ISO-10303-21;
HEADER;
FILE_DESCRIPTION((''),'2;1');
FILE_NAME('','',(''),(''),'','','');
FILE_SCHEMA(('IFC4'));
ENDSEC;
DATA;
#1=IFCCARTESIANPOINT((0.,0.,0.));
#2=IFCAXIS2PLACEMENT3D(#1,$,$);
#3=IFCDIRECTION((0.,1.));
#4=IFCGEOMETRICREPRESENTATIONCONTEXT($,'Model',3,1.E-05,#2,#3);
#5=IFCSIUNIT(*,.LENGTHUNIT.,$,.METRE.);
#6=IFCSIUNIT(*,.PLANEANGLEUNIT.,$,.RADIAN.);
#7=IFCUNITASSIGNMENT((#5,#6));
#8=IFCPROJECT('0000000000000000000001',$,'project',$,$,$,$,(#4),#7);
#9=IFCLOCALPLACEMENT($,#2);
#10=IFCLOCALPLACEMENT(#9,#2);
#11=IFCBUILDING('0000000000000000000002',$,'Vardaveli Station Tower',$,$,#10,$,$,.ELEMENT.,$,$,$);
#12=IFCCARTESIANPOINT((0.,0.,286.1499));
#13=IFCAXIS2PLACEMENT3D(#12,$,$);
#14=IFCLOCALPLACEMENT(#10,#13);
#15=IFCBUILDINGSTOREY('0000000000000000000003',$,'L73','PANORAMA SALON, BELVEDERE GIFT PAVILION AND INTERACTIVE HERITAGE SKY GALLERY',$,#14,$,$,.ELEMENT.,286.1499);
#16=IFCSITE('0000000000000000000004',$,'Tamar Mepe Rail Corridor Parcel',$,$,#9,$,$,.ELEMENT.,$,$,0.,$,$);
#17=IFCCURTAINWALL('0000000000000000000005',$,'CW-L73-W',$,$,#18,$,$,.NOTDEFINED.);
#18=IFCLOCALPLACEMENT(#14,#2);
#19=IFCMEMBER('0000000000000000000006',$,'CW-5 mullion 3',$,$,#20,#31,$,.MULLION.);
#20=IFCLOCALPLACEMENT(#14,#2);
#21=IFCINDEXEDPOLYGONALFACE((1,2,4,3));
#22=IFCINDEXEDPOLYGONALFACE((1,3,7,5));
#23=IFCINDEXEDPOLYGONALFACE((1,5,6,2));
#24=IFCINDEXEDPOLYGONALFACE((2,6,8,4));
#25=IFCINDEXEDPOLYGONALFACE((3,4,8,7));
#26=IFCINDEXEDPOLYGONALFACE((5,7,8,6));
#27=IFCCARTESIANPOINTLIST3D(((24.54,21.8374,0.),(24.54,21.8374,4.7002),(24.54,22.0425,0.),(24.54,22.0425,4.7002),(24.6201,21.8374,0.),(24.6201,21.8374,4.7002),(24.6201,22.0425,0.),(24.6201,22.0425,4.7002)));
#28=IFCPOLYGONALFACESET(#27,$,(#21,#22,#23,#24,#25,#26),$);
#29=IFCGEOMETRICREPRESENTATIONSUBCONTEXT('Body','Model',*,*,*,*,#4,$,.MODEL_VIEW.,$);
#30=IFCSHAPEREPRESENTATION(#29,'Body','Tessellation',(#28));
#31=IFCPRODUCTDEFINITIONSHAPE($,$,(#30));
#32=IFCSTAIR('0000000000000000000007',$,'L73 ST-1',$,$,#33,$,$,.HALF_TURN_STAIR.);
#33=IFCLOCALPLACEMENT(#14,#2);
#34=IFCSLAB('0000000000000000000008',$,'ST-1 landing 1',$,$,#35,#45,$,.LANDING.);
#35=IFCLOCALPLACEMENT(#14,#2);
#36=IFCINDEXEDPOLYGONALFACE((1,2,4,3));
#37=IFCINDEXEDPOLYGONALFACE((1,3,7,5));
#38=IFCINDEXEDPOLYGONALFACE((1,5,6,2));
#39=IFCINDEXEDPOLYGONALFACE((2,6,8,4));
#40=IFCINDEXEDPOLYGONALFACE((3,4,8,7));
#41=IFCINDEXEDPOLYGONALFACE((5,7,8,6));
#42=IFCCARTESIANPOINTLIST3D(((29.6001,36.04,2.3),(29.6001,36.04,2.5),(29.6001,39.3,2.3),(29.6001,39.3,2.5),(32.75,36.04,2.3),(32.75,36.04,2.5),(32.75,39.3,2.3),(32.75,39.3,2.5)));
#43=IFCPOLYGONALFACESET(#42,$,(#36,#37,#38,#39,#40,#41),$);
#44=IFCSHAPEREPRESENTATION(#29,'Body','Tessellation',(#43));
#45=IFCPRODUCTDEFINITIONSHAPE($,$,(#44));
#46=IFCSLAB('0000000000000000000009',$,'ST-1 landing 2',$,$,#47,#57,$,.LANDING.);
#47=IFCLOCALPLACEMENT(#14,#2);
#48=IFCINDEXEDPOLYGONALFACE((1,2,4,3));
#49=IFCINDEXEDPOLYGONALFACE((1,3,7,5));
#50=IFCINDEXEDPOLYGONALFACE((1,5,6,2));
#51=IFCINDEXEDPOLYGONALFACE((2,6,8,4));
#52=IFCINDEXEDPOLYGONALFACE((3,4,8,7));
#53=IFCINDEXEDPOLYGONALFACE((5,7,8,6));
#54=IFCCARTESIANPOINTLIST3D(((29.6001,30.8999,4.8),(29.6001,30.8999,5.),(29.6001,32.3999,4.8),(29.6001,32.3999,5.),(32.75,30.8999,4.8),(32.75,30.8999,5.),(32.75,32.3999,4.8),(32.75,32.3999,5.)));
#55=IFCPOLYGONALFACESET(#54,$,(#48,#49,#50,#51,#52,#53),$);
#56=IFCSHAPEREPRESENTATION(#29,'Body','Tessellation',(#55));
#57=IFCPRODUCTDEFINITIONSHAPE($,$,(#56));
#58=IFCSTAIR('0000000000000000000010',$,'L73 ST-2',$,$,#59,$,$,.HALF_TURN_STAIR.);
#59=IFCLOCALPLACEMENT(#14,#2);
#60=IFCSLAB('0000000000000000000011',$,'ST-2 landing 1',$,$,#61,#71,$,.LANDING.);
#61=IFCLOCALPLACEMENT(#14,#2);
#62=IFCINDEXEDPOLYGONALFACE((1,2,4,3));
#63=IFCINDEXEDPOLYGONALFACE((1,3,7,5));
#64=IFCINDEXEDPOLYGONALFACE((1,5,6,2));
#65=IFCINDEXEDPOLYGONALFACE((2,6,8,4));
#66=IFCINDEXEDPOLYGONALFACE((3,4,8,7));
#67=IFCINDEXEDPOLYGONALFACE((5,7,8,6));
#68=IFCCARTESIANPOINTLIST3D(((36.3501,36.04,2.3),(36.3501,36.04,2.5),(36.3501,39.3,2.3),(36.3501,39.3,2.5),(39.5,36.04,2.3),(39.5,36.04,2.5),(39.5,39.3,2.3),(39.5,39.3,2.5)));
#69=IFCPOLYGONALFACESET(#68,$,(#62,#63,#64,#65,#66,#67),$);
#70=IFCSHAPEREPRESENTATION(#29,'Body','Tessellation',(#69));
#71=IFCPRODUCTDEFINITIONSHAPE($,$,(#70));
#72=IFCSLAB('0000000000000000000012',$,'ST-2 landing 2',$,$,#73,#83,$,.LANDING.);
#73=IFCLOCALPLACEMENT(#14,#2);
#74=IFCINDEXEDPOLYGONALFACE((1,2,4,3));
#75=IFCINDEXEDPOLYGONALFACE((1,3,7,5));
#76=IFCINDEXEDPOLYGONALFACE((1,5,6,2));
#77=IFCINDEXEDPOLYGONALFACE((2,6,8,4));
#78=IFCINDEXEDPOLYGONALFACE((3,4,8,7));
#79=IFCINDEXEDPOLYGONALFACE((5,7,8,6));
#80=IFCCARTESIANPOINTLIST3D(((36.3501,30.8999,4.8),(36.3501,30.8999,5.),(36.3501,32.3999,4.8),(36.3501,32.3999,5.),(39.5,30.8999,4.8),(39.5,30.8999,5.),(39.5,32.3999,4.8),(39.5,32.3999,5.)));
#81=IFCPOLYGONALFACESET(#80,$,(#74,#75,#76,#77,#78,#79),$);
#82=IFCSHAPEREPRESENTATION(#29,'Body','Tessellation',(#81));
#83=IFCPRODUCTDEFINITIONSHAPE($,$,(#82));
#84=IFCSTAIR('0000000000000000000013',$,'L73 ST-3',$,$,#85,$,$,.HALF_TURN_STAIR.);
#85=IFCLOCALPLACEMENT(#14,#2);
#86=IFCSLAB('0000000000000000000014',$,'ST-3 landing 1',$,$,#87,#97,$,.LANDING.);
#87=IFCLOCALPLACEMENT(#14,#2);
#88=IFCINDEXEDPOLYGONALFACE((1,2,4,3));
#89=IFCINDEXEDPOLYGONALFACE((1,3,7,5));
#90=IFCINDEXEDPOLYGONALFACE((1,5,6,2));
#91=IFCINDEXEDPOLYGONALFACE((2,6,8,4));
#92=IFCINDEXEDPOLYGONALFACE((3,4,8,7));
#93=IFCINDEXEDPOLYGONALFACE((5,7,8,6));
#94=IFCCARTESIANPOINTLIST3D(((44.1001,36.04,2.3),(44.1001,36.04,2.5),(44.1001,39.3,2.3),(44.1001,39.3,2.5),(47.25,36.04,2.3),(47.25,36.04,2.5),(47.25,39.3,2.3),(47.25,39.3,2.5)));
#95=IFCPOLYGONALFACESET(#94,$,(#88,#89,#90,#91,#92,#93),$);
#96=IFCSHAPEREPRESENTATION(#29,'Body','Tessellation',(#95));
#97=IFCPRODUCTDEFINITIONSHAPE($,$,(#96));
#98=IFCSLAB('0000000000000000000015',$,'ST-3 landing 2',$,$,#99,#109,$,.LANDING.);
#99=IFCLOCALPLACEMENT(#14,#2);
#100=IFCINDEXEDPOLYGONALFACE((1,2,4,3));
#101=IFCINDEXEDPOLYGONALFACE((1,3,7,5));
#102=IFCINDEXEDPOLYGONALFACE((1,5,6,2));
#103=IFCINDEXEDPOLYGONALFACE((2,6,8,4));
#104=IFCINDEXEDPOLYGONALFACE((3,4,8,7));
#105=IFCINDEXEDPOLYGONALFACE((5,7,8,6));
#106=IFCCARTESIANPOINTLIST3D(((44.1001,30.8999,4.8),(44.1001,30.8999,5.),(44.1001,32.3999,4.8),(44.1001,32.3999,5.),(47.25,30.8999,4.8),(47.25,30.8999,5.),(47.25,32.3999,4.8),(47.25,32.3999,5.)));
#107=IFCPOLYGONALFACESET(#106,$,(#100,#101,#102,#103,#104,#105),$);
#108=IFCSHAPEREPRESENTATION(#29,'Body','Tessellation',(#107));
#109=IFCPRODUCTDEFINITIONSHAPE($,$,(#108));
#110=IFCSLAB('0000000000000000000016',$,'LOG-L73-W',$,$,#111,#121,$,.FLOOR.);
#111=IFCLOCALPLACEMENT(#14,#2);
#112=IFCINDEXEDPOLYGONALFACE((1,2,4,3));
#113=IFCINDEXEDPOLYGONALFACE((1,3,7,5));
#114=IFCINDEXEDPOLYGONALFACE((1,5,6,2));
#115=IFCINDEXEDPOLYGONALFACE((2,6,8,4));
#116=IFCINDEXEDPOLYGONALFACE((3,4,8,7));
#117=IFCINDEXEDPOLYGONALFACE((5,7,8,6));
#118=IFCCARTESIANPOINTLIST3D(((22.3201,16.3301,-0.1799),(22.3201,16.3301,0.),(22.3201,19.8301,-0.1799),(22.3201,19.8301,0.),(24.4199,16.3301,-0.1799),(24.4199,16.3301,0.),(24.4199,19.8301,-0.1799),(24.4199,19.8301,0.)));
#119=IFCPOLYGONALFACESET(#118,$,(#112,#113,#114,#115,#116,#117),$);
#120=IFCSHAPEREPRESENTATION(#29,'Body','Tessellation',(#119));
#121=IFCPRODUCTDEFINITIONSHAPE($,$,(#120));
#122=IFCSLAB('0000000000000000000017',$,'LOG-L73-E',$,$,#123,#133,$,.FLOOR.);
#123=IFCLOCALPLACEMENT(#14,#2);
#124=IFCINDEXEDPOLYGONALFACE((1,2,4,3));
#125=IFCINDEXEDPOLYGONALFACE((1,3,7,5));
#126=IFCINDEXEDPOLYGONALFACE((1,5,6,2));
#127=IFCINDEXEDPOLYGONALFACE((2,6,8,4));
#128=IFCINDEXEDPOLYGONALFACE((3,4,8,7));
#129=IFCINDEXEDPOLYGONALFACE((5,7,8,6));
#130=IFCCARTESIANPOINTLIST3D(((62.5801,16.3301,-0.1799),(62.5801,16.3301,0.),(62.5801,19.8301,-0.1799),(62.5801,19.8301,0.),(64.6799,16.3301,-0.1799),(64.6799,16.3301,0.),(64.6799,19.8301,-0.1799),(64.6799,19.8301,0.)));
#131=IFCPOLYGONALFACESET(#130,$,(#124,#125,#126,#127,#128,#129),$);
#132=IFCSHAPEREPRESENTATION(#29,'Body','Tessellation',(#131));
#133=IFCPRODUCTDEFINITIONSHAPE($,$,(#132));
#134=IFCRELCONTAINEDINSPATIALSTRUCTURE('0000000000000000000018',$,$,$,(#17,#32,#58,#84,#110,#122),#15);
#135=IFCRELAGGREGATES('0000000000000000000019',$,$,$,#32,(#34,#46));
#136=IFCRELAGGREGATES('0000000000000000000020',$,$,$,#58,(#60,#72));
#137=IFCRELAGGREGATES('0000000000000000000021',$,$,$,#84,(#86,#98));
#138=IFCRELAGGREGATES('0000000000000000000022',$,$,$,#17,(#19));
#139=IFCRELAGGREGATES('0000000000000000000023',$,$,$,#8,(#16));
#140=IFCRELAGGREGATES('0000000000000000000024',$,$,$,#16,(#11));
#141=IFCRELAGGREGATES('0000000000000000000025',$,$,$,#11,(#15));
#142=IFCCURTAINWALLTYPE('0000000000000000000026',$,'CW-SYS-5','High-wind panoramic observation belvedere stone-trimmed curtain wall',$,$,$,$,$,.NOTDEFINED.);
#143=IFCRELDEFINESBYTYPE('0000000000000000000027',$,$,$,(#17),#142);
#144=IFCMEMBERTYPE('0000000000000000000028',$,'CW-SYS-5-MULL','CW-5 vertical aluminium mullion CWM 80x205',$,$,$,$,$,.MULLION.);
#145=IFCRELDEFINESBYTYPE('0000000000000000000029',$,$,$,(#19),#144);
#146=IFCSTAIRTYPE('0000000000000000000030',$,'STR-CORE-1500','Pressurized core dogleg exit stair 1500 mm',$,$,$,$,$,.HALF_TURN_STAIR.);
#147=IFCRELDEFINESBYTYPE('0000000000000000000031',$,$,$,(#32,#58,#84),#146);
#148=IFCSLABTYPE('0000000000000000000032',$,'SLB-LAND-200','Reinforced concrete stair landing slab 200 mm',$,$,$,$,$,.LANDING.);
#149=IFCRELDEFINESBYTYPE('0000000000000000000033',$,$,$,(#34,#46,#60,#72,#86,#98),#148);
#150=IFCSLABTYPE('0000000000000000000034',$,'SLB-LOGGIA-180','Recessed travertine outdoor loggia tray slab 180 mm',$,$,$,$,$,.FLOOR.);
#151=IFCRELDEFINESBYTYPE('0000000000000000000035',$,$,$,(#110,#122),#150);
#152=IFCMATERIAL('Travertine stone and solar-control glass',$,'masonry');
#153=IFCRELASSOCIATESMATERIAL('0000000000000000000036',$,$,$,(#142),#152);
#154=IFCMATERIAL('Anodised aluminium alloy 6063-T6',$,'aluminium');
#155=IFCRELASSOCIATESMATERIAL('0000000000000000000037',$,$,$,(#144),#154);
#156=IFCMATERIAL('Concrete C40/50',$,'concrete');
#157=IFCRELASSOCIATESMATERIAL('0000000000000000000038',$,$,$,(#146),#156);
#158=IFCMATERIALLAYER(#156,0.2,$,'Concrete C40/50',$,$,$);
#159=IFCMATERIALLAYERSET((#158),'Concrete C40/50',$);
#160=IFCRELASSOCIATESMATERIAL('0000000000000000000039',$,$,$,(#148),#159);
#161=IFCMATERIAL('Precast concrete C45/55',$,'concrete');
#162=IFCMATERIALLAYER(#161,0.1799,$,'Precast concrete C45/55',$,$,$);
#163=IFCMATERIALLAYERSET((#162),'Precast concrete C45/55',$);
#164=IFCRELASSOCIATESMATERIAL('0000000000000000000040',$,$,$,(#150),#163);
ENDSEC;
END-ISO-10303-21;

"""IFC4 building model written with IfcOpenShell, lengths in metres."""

from ifc_helpers import new_model, si_unit, direction, frame, origin, origin_2d, place, context, subcontext, project, spatial, polyline, rectangle, outline, extrude, source, transform, mapped, material, layer, layer_set, material_profile, profile_set, type_object, element, aggregate, save


model = new_model("IFC4")

# Units and contexts
model_context = context("Model", 3, precision=1e-05, world=origin(), true_north=direction((0.0, 1.0)))
body_context = subcontext(model_context, "Body", "Model", "MODEL_VIEW")
ifc_project = project(units=[si_unit("LENGTHUNIT", "METRE"), si_unit("PLANEANGLEUNIT", "RADIAN")], contexts=[model_context])

# Site, building, storey
site_placement = place(None, origin())
site = spatial("IfcSite", under=ifc_project, at=site_placement, Name="Tamar Mepe Rail Corridor Parcel", CompositionType="ELEMENT", RefElevation=0.0)
building_placement = place(site_placement, origin())
building = spatial("IfcBuilding", under=site, at=building_placement, Name="Vardaveli Station Tower", CompositionType="ELEMENT")
storey_placement = place(building_placement, frame((0.0, 0.0, 286.1499)))
storey = spatial("IfcBuildingStorey", under=building, at=storey_placement, Name="L73", Description="PANORAMA SALON, BELVEDERE GIFT PAVILION AND INTERACTIVE HERITAGE SKY GALLERY", CompositionType="ELEMENT", Elevation=286.1499)

# Curtain wall, member
ifc_material_1 = material(Name="Travertine stone and solar-control glass", Category="masonry")
curtain_wall_type = type_object("IfcCurtainWallType", Name="CW-SYS-5", Description="High-wind panoramic observation belvedere stone-trimmed curtain wall", PredefinedType="NOTDEFINED", material=ifc_material_1)
curtain_wall_placement = place(storey_placement, origin())
curtain_wall = element("IfcCurtainWall", 1, at=curtain_wall_placement, inside=storey, type_object=curtain_wall_type, Name="CW-L73-W", PredefinedType="NOTDEFINED")
ifc_material_2 = material(Name="Anodised aluminium alloy 6063-T6", Category="aluminium")
ifc_material_profile = material_profile(ifc_material_2, rectangle(XDim=0.0801, YDim=0.2051, at=origin_2d()), Name="CWM 80x205")
ifc_profile_set = profile_set([ifc_material_profile], Name="Anodised aluminium alloy 6063-T6")
member_type = type_object("IfcMemberType", Name="CW-SYS-5-MULL", Description="CW-5 vertical aluminium mullion CWM 80x205", PredefinedType="MULLION", material=ifc_profile_set)
shared_shape_1 = source(origin(), body_context, "Body", "SweptSolid", [
    extrude(rectangle(XDim=0.0801, YDim=0.2051, at=origin_2d()), origin(), (0.0, 0.0, 1.0), 4.7002),
])
member_placement = place(storey_placement, frame((24.5801, 21.9399, 0.0), z_axis=(0.0, 0.0, 1.0), x_axis=(1.0, 0.0, 0.0)))
member = element("IfcMember", 2, at=member_placement, type_object=member_type, Name="CW-5 mullion 3", PredefinedType="MULLION", context=body_context, shape_type="MappedRepresentation", body=[
    mapped(shared_shape_1, transform((0.0, 0.0, 0.0), scale=1.0)),
])

# Stairs, slabs
ifc_material_3 = material(Name="Concrete C40/50", Category="concrete")
stair_type = type_object("IfcStairType", Name="STR-CORE-1500", Description="Pressurized core dogleg exit stair 1500 mm", PredefinedType="HALF_TURN_STAIR", material=ifc_material_3)
stair_1_placement = place(storey_placement, origin())
stair_1 = element("IfcStair", 3, at=stair_1_placement, inside=storey, type_object=stair_type, Name="L73 ST-1", PredefinedType="HALF_TURN_STAIR")
ifc_layer_1 = layer(ifc_material_3, 0.2, Name="Concrete C40/50")
ifc_layer_set_1 = layer_set([ifc_layer_1], Name="Concrete C40/50")
slab_type_1 = type_object("IfcSlabType", Name="SLB-LAND-200", Description="Reinforced concrete stair landing slab 200 mm", PredefinedType="LANDING", material=ifc_layer_set_1)
slab_1_placement = place(storey_placement, frame((0.0, 0.0, 2.3)))
slab_1 = element("IfcSlab", 4, at=slab_1_placement, type_object=slab_type_1, Name="ST-1 landing 1", PredefinedType="LANDING", context=body_context, shape_type="SweptSolid", body=[
    extrude(outline(polyline([(32.75, 36.04), (32.75, 39.3), (29.6001, 39.3), (29.6001, 36.04), (32.75, 36.04)])), origin(), (0.0, 0.0, 1.0), 0.2),
])
slab_2_placement = place(storey_placement, frame((0.0, 0.0, 4.8)))
slab_2 = element("IfcSlab", 5, at=slab_2_placement, type_object=slab_type_1, Name="ST-1 landing 2", PredefinedType="LANDING", context=body_context, shape_type="SweptSolid", body=[
    extrude(outline(polyline([(32.75, 30.8999), (32.75, 32.3999), (29.6001, 32.3999), (29.6001, 30.8999), (32.75, 30.8999)])), origin(), (0.0, 0.0, 1.0), 0.2),
])
aggregate(stair_1, [slab_1, slab_2])
stair_2_placement = place(storey_placement, origin())
stair_2 = element("IfcStair", 6, at=stair_2_placement, inside=storey, type_object=stair_type, Name="L73 ST-2", PredefinedType="HALF_TURN_STAIR")
slab_3_placement = place(storey_placement, frame((0.0, 0.0, 2.3)))
slab_3 = element("IfcSlab", 7, at=slab_3_placement, type_object=slab_type_1, Name="ST-2 landing 1", PredefinedType="LANDING", context=body_context, shape_type="SweptSolid", body=[
    extrude(outline(polyline([(39.5, 36.04), (39.5, 39.3), (36.3501, 39.3), (36.3501, 36.04), (39.5, 36.04)])), origin(), (0.0, 0.0, 1.0), 0.2),
])
slab_4_placement = place(storey_placement, frame((0.0, 0.0, 4.8)))
slab_4 = element("IfcSlab", 8, at=slab_4_placement, type_object=slab_type_1, Name="ST-2 landing 2", PredefinedType="LANDING", context=body_context, shape_type="SweptSolid", body=[
    extrude(outline(polyline([(39.5, 30.8999), (39.5, 32.3999), (36.3501, 32.3999), (36.3501, 30.8999), (39.5, 30.8999)])), origin(), (0.0, 0.0, 1.0), 0.2),
])
aggregate(stair_2, [slab_3, slab_4])
stair_3_placement = place(storey_placement, origin())
stair_3 = element("IfcStair", 9, at=stair_3_placement, inside=storey, type_object=stair_type, Name="L73 ST-3", PredefinedType="HALF_TURN_STAIR")
slab_5_placement = place(storey_placement, frame((0.0, 0.0, 2.3)))
slab_5 = element("IfcSlab", 10, at=slab_5_placement, type_object=slab_type_1, Name="ST-3 landing 1", PredefinedType="LANDING", context=body_context, shape_type="SweptSolid", body=[
    extrude(outline(polyline([(47.25, 36.04), (47.25, 39.3), (44.1001, 39.3), (44.1001, 36.04), (47.25, 36.04)])), origin(), (0.0, 0.0, 1.0), 0.2),
])
slab_6_placement = place(storey_placement, frame((0.0, 0.0, 4.8)))
slab_6 = element("IfcSlab", 11, at=slab_6_placement, type_object=slab_type_1, Name="ST-3 landing 2", PredefinedType="LANDING", context=body_context, shape_type="SweptSolid", body=[
    extrude(outline(polyline([(47.25, 30.8999), (47.25, 32.3999), (44.1001, 32.3999), (44.1001, 30.8999), (47.25, 30.8999)])), origin(), (0.0, 0.0, 1.0), 0.2),
])
aggregate(stair_3, [slab_5, slab_6])

# Slabs
ifc_material_4 = material(Name="Precast concrete C45/55", Category="concrete")
ifc_layer_2 = layer(ifc_material_4, 0.1799, Name="Precast concrete C45/55")
ifc_layer_set_2 = layer_set([ifc_layer_2], Name="Precast concrete C45/55")
slab_type_2 = type_object("IfcSlabType", Name="SLB-LOGGIA-180", Description="Recessed travertine outdoor loggia tray slab 180 mm", PredefinedType="FLOOR", material=ifc_layer_set_2)
slab_7_placement = place(storey_placement, frame((0.0, 0.0, -0.1799)))
element("IfcSlab", 12, at=slab_7_placement, inside=storey, type_object=slab_type_2, Name="LOG-L73-W", PredefinedType="FLOOR", context=body_context, shape_type="SweptSolid", body=[
    extrude(outline(polyline([(22.3201, 16.3301), (24.4199, 16.3301), (24.4199, 19.8301), (22.3201, 19.8301), (22.3201, 16.3301)])), origin(), (0.0, 0.0, 1.0), 0.1799),
])
slab_8_placement = place(storey_placement, frame((0.0, 0.0, -0.1799)))
element("IfcSlab", 13, at=slab_8_placement, inside=storey, type_object=slab_type_2, Name="LOG-L73-E", PredefinedType="FLOOR", context=body_context, shape_type="SweptSolid", body=[
    extrude(outline(polyline([(62.5801, 16.3301), (64.6799, 16.3301), (64.6799, 19.8301), (62.5801, 19.8301), (62.5801, 16.3301)])), origin(), (0.0, 0.0, 1.0), 0.1799),
])

aggregate(curtain_wall, [member])

save(model, "model.ifc")
